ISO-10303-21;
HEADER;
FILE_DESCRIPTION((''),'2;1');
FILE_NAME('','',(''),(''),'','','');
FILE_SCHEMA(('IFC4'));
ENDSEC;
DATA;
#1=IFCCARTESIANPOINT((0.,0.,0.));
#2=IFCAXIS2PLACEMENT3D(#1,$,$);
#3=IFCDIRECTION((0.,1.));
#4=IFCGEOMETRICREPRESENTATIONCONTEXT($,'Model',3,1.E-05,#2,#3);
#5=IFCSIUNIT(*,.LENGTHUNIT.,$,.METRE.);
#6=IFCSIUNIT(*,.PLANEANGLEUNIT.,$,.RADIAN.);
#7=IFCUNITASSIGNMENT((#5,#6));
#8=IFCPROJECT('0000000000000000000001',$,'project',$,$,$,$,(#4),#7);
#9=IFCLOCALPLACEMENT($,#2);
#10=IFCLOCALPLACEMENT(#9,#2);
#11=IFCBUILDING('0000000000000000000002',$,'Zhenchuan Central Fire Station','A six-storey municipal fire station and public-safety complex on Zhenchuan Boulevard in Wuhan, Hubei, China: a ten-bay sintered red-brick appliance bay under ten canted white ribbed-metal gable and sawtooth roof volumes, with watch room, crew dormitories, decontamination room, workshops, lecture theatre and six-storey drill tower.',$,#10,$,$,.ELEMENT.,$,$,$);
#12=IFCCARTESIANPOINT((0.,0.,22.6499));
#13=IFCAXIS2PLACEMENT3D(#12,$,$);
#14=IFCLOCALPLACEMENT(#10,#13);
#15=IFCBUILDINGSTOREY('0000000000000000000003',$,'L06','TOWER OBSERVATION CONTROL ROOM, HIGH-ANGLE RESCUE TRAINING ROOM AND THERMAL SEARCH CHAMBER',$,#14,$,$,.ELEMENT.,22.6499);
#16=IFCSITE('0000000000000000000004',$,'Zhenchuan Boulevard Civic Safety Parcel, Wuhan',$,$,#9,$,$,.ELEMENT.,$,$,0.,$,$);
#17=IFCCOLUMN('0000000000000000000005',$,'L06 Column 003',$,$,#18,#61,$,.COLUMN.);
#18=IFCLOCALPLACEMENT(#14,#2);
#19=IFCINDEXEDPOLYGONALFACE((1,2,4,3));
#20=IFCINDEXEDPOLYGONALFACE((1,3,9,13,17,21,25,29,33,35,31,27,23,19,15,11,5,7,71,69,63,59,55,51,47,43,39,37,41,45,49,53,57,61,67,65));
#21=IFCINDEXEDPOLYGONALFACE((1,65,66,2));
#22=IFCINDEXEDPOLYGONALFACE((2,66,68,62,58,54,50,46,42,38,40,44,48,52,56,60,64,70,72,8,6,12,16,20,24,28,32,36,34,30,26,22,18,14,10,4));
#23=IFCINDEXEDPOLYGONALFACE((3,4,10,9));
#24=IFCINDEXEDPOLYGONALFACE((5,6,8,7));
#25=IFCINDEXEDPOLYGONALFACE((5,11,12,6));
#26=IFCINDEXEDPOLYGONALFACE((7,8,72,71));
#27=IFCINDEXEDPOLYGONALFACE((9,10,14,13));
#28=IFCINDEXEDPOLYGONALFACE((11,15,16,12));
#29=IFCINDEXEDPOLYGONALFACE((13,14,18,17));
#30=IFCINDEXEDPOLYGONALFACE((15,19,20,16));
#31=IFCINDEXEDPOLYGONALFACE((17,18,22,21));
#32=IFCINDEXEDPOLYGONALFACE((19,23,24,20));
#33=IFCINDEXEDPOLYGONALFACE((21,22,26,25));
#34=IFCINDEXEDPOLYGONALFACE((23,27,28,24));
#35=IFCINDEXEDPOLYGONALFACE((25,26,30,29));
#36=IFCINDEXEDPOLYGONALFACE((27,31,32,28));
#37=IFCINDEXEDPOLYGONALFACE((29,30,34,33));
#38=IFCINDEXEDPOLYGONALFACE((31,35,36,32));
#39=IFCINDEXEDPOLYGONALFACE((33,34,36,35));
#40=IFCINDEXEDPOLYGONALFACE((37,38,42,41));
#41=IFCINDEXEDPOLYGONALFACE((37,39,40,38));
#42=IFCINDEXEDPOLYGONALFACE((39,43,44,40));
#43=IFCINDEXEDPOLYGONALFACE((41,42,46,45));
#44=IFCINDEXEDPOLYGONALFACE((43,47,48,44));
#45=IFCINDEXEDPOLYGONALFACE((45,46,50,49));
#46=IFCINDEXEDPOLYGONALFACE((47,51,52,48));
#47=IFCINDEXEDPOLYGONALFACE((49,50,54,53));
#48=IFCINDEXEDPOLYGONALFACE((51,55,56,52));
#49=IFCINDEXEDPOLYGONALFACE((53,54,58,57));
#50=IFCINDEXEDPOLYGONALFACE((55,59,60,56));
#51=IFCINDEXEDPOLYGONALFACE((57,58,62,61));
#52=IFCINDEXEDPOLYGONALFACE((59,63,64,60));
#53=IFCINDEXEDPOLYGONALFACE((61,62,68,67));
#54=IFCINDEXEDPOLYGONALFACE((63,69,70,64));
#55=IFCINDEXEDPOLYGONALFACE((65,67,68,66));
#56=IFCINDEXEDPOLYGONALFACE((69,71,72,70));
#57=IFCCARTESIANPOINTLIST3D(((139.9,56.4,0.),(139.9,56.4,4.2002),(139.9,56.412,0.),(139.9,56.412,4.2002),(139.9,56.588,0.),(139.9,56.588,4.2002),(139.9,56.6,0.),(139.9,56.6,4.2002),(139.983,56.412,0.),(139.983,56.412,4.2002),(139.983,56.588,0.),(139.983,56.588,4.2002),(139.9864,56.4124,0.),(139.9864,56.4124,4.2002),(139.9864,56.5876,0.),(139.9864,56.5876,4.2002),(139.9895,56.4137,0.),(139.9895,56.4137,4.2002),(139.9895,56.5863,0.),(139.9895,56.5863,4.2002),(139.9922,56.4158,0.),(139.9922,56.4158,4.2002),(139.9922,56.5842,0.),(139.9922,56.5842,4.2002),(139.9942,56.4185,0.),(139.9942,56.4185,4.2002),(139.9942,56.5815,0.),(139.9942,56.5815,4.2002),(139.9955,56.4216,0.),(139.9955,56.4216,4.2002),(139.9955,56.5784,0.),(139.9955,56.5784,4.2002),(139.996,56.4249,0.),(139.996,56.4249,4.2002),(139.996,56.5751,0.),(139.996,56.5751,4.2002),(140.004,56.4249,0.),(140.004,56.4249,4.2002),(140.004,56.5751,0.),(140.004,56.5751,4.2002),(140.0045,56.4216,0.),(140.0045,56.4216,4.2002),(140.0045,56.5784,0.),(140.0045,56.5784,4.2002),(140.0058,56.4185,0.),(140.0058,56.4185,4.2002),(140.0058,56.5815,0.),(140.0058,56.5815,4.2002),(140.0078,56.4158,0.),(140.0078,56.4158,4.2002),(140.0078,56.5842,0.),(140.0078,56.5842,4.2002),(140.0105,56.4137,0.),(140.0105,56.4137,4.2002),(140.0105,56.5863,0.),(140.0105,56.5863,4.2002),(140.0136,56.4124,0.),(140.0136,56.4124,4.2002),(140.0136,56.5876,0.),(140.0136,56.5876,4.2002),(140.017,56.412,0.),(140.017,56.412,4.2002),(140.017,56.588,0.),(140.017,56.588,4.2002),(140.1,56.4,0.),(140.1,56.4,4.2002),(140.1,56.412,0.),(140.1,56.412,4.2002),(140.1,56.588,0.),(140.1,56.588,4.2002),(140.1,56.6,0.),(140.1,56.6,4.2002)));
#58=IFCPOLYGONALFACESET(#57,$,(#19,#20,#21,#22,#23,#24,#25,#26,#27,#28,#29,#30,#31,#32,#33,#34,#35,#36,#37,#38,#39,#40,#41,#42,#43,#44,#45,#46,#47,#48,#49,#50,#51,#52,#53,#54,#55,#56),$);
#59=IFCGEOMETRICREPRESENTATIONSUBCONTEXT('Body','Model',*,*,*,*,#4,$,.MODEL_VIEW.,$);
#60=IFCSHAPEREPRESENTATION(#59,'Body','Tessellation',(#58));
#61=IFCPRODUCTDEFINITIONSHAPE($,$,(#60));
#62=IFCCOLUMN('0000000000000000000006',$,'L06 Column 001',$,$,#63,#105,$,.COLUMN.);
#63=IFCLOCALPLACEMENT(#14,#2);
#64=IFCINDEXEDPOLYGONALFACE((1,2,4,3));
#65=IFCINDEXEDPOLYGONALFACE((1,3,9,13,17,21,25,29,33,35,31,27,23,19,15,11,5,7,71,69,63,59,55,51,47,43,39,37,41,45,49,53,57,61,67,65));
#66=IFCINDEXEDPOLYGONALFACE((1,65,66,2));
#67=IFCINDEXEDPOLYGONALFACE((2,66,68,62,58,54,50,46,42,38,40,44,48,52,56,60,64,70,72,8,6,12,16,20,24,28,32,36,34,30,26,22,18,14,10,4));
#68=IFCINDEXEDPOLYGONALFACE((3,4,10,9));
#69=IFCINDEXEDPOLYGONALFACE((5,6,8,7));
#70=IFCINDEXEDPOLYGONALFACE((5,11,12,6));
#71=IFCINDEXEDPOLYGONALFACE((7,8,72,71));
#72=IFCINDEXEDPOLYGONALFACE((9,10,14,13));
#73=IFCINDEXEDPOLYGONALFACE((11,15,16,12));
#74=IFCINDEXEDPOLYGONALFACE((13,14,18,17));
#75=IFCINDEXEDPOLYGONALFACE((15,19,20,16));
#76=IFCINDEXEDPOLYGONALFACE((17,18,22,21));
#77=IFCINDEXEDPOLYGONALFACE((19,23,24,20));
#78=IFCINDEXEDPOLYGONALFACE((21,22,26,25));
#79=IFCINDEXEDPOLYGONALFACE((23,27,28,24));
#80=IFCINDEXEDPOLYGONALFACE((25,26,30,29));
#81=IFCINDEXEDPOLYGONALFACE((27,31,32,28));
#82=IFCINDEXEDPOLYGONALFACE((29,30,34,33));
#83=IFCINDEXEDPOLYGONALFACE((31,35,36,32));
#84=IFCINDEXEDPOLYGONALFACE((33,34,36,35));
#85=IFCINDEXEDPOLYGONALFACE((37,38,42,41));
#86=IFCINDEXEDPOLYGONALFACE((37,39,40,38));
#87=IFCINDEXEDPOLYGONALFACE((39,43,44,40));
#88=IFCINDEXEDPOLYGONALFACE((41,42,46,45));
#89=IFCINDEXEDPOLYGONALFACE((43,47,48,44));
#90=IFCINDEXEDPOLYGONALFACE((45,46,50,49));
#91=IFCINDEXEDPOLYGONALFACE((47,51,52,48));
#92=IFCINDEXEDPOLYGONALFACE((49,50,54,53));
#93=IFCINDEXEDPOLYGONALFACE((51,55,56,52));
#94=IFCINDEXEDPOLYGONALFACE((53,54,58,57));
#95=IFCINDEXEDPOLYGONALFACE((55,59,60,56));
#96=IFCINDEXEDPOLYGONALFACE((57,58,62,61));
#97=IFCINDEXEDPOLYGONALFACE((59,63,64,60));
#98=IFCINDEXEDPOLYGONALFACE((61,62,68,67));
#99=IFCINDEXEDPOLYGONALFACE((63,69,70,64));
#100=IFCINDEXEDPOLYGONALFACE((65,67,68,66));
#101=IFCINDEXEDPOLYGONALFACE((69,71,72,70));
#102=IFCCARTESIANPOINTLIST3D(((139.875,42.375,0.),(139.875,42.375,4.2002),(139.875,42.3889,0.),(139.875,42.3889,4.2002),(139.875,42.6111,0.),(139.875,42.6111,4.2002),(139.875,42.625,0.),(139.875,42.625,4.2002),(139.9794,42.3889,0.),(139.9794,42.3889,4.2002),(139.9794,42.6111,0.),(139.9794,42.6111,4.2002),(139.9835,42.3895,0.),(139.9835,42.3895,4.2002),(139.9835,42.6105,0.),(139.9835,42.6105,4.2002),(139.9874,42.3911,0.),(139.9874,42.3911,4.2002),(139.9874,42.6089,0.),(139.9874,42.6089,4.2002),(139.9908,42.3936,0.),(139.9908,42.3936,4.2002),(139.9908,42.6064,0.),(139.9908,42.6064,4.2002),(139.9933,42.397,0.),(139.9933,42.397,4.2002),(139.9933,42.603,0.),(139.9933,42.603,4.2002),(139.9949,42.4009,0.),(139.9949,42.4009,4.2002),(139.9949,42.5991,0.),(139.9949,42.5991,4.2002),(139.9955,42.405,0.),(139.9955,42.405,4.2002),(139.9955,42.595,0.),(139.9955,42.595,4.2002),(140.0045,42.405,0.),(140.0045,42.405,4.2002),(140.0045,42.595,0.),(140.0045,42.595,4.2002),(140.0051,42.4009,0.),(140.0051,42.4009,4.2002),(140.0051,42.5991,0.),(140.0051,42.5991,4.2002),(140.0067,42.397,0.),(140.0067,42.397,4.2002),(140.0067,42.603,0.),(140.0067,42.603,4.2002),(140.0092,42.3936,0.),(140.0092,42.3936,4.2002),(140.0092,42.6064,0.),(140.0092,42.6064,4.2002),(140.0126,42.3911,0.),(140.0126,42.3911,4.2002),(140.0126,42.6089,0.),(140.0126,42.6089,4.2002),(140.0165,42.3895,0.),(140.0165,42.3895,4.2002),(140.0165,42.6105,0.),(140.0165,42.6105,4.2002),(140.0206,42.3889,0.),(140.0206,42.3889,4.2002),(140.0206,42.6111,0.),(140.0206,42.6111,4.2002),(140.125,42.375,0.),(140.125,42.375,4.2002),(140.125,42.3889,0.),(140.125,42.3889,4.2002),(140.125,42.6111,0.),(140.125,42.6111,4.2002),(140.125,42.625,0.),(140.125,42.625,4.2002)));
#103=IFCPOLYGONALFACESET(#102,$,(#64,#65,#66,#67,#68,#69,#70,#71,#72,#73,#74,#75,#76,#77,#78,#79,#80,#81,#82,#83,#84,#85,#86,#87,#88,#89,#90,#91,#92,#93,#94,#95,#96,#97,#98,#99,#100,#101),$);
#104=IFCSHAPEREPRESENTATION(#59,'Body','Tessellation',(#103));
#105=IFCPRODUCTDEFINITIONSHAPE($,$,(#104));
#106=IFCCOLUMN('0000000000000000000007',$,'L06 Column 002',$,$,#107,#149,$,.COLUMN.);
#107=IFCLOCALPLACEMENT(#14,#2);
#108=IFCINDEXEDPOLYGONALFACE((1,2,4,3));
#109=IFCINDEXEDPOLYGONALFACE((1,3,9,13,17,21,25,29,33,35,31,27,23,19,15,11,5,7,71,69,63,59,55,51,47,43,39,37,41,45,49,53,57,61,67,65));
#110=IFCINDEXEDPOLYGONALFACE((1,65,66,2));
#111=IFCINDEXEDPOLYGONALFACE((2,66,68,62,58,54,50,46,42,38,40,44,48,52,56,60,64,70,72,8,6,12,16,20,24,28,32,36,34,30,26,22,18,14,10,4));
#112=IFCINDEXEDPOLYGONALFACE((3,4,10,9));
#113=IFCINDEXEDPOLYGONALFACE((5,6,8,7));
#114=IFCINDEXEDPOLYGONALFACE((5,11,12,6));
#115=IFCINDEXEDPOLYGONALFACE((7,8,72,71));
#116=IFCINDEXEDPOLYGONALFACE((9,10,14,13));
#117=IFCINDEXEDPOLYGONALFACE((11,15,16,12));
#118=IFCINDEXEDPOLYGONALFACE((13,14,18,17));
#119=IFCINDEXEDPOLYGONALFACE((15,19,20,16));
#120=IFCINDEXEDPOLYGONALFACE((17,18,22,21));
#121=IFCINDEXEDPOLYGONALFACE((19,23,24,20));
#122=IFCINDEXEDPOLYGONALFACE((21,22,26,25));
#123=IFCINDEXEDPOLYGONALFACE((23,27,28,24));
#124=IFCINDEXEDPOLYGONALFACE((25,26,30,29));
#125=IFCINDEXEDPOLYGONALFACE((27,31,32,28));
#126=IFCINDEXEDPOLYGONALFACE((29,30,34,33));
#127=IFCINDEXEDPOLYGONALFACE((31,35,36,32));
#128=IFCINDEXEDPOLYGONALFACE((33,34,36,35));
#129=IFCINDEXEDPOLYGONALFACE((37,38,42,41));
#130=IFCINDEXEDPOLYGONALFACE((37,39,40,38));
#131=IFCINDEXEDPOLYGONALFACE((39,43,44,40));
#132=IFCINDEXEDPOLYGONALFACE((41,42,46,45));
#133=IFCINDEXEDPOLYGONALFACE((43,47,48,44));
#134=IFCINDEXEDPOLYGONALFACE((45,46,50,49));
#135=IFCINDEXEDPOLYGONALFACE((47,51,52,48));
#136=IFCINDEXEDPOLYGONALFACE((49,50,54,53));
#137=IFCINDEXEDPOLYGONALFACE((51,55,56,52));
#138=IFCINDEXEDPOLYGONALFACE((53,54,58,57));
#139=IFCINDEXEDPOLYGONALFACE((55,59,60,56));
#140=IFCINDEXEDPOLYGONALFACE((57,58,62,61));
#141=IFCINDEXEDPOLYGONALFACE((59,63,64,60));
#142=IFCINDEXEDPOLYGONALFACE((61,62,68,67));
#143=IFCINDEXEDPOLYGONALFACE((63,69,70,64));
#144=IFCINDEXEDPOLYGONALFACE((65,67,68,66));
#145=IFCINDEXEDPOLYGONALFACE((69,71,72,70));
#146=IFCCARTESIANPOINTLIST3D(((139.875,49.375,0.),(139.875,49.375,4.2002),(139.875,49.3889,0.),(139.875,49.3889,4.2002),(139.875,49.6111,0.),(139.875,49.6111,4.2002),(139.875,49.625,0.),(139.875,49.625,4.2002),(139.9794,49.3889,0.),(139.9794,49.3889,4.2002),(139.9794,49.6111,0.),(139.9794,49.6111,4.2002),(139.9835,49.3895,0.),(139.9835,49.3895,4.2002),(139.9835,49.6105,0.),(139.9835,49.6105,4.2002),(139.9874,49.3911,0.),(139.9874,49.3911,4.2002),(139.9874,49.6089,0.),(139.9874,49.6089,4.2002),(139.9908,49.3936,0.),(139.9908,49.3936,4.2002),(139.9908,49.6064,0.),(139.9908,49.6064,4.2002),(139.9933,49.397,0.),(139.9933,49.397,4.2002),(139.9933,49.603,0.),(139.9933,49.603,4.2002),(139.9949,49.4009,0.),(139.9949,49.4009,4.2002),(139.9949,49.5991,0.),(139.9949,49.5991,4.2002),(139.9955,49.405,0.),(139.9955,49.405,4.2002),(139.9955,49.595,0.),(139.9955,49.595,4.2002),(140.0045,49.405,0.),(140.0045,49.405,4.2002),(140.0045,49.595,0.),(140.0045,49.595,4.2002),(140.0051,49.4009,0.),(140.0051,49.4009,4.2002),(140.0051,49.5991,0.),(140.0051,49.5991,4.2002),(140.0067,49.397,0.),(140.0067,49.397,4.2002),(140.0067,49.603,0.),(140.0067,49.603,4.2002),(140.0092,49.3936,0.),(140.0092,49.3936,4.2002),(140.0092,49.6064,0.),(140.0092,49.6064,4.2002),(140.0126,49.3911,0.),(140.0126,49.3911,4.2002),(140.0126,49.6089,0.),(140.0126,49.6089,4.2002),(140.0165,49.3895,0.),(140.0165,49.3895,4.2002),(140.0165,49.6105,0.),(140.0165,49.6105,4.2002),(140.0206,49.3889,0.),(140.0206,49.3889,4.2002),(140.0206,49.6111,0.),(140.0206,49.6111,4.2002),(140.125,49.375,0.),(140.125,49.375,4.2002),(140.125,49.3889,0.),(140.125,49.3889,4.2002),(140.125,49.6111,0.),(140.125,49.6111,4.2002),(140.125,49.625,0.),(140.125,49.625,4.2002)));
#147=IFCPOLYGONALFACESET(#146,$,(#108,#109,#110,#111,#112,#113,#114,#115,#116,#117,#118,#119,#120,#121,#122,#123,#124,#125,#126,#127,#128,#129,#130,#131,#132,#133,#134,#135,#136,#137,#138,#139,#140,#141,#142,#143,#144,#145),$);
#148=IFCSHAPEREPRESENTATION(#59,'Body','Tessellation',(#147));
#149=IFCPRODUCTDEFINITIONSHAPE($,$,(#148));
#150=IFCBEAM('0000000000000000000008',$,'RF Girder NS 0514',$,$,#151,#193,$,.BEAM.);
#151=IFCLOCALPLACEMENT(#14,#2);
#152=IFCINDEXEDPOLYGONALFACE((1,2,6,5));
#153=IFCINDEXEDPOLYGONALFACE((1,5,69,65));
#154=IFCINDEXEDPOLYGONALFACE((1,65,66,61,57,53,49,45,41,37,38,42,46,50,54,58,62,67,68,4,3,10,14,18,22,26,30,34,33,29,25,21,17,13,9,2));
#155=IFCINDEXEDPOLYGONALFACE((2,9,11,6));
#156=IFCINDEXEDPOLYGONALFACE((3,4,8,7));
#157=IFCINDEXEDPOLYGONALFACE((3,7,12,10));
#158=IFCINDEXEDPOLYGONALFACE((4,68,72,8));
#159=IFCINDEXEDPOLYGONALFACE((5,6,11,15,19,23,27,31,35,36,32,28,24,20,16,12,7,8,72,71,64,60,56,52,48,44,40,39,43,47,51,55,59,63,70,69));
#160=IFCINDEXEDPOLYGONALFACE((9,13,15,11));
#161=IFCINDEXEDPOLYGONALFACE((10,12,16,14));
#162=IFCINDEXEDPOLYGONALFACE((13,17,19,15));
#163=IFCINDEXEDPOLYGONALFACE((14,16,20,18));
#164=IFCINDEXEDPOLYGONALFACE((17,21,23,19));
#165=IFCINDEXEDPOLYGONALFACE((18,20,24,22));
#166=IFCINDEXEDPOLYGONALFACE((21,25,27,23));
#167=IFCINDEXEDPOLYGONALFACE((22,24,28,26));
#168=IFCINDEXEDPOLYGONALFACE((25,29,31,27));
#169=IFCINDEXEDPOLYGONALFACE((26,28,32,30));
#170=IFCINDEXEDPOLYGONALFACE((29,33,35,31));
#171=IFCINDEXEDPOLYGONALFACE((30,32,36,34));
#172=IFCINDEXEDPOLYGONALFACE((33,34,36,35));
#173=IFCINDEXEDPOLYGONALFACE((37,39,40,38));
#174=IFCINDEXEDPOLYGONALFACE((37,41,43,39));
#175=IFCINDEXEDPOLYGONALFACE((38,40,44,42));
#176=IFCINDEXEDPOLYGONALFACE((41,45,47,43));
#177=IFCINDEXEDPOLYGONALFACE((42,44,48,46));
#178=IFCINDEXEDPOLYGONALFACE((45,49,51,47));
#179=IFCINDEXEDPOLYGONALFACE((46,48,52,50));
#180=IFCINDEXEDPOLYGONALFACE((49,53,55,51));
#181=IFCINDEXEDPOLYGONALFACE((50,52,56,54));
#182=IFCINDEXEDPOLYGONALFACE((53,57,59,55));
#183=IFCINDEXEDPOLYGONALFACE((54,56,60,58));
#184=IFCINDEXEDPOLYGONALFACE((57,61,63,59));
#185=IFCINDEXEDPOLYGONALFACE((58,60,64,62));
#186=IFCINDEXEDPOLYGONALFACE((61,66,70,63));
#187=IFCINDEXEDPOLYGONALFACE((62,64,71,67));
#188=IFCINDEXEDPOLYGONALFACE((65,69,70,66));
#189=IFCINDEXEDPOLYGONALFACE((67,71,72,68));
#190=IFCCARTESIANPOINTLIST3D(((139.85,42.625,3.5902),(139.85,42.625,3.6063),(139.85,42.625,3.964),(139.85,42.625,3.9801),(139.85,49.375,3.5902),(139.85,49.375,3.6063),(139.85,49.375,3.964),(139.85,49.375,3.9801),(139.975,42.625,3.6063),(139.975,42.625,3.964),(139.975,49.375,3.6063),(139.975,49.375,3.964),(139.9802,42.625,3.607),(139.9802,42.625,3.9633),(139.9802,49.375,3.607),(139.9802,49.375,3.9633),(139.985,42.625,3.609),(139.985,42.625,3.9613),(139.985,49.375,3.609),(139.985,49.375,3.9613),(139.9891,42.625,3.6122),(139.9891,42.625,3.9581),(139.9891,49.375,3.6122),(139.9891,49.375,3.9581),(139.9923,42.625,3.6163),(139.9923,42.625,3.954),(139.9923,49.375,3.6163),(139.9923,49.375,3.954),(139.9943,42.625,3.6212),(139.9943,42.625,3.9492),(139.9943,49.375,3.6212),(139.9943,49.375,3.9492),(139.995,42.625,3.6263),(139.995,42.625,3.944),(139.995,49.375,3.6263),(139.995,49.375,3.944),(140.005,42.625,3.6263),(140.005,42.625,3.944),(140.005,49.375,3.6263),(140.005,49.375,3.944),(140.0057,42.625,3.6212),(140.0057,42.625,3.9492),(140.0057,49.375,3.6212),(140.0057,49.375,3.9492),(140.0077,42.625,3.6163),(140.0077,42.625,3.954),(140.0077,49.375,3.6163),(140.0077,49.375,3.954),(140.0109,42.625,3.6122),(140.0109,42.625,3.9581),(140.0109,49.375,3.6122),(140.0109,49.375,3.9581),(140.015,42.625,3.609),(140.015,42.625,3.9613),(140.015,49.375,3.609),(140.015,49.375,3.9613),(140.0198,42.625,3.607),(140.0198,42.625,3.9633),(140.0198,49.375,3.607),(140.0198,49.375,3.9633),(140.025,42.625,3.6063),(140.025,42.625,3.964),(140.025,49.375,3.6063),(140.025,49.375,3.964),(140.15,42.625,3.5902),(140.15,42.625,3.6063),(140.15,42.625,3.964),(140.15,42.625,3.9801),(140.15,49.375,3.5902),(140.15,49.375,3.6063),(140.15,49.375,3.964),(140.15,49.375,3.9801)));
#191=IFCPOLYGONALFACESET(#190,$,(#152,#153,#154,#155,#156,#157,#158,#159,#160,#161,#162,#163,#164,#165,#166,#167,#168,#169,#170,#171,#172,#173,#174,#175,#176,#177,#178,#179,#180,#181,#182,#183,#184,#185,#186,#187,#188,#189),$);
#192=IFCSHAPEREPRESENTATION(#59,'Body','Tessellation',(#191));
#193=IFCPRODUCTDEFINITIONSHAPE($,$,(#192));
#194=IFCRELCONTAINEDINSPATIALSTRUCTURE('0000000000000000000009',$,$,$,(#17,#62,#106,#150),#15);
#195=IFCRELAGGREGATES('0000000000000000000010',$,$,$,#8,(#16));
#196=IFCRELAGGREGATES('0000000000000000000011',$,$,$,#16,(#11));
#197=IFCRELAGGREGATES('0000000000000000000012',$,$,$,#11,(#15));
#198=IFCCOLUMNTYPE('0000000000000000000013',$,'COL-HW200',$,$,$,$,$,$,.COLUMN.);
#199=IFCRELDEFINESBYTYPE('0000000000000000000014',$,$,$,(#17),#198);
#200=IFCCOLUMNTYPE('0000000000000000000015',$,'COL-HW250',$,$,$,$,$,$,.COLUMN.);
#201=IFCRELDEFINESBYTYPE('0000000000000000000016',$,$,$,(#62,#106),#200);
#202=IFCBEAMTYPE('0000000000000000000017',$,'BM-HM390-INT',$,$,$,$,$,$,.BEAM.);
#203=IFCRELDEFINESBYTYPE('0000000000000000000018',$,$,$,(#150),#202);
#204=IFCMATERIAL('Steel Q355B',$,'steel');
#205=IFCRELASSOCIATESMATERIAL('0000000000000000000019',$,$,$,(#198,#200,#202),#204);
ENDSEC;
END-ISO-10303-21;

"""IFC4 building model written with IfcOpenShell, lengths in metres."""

from ifc_helpers import new_model, si_unit, direction, frame, origin, origin_2d, place, context, subcontext, project, spatial, i_section, extrude, material, material_profile, profile_set, type_object, element, save


model = new_model("IFC4")

# Units and contexts
model_context = context("Model", 3, precision=1e-05, world=origin(), true_north=direction((0.0, 1.0)))
body_context = subcontext(model_context, "Body", "Model", "MODEL_VIEW")
ifc_project = project(units=[si_unit("LENGTHUNIT", "METRE"), si_unit("PLANEANGLEUNIT", "RADIAN")], contexts=[model_context])

# Site, building, storey
site_placement = place(None, origin())
site = spatial("IfcSite", under=ifc_project, at=site_placement, Name="Zhenchuan Boulevard Civic Safety Parcel, Wuhan", CompositionType="ELEMENT", RefElevation=0.0)
building_placement = place(site_placement, origin())
building = spatial("IfcBuilding", under=site, at=building_placement, Name="Zhenchuan Central Fire Station", Description="A six-storey municipal fire station and public-safety complex on Zhenchuan Boulevard in Wuhan, Hubei, China: a ten-bay sintered red-brick appliance bay under ten canted white ribbed-metal gable and sawtooth roof volumes, with watch room, crew dormitories, decontamination room, workshops, lecture theatre and six-storey drill tower.", CompositionType="ELEMENT")
storey_placement = place(building_placement, frame((0.0, 0.0, 22.6499)))
storey = spatial("IfcBuildingStorey", under=building, at=storey_placement, Name="L06", Description="TOWER OBSERVATION CONTROL ROOM, HIGH-ANGLE RESCUE TRAINING ROOM AND THERMAL SEARCH CHAMBER", CompositionType="ELEMENT", Elevation=22.6499)

# Columns
ifc_material_1 = material(Name="Steel Q355B", Category="steel")
ifc_material_profile_1 = material_profile(ifc_material_1, i_section(OverallWidth=0.2, OverallDepth=0.2, WebThickness=0.0081, FlangeThickness=0.012, FilletRadius=0.0129, at=origin_2d()), Name="HW 200x200")
ifc_profile_set_1 = profile_set([ifc_material_profile_1], Name="Steel Q355B")
column_type_1 = type_object("IfcColumnType", Name="COL-HW200", PredefinedType="COLUMN", material=ifc_profile_set_1)
column_placement = place(storey_placement, frame((140.0, 56.5, 0.0), z_axis=(0.0, 0.0, 1.0), x_axis=(1.0, 0.0, 0.0)))
element("IfcColumn", 1, at=column_placement, inside=storey, type_object=column_type_1, Name="L06 Column 003", PredefinedType="COLUMN", context=body_context, shape_type="SweptSolid", body=[
    extrude(i_section(OverallWidth=0.2, OverallDepth=0.2, WebThickness=0.0081, FlangeThickness=0.012, FilletRadius=0.0129, at=origin_2d()), origin(), (0.0, 0.0, 1.0), 4.2002),
])
ifc_material_profile_2 = material_profile(ifc_material_1, i_section(OverallWidth=0.25, OverallDepth=0.25, WebThickness=0.009, FlangeThickness=0.0139, FilletRadius=0.0161, at=origin_2d()), Name="HW 250x250")
ifc_profile_set_2 = profile_set([ifc_material_profile_2], Name="Steel Q355B")
column_type_2 = type_object("IfcColumnType", Name="COL-HW250", PredefinedType="COLUMN", material=ifc_profile_set_2)
for number, where, z_axis, x_axis, name in (
    (2, (140.0, 42.5, 0.0), (0.0, 0.0, 1.0), (1.0, 0.0, 0.0), "L06 Column 001"),
    (3, (140.0, 49.5, 0.0), (0.0, 0.0, 1.0), (1.0, 0.0, 0.0), "L06 Column 002"),
):
    element("IfcColumn", number, at=place(storey_placement, frame(where, z_axis=z_axis, x_axis=x_axis)), inside=storey, type_object=column_type_2, Name=name, PredefinedType="COLUMN", context=body_context, shape_type="SweptSolid", body=[
        extrude(i_section(OverallWidth=0.25, OverallDepth=0.25, WebThickness=0.009, FlangeThickness=0.0139, FilletRadius=0.0161, at=origin_2d()), origin(), (0.0, 0.0, 1.0), 4.2002),
    ])

# Beam
ifc_material_profile_3 = material_profile(ifc_material_1, i_section(OverallWidth=0.3, OverallDepth=0.3899, WebThickness=0.01, FlangeThickness=0.0161, FilletRadius=0.02, at=origin_2d()), Name="HM 390x300")
ifc_profile_set_3 = profile_set([ifc_material_profile_3], Name="Steel Q355B")
beam_type_1 = type_object("IfcBeamType", Name="BM-HM390-INT", PredefinedType="BEAM", material=ifc_profile_set_3)
beam_1_placement = place(storey_placement, frame((140.0, 42.625, 3.7852), z_axis=(0.0, 1.0, 0.0), x_axis=(-1.0, 0.0, 0.0)))
element("IfcBeam", 4, at=beam_1_placement, inside=storey, type_object=beam_type_1, Name="RF Girder NS 0514", PredefinedType="BEAM", context=body_context, shape_type="SweptSolid", body=[
    extrude(i_section(OverallWidth=0.3, OverallDepth=0.3899, WebThickness=0.01, FlangeThickness=0.0161, FilletRadius=0.02, at=origin_2d()), origin(), (0.0, 0.0, 1.0), 6.75),
])

save(model, "model.ifc")
